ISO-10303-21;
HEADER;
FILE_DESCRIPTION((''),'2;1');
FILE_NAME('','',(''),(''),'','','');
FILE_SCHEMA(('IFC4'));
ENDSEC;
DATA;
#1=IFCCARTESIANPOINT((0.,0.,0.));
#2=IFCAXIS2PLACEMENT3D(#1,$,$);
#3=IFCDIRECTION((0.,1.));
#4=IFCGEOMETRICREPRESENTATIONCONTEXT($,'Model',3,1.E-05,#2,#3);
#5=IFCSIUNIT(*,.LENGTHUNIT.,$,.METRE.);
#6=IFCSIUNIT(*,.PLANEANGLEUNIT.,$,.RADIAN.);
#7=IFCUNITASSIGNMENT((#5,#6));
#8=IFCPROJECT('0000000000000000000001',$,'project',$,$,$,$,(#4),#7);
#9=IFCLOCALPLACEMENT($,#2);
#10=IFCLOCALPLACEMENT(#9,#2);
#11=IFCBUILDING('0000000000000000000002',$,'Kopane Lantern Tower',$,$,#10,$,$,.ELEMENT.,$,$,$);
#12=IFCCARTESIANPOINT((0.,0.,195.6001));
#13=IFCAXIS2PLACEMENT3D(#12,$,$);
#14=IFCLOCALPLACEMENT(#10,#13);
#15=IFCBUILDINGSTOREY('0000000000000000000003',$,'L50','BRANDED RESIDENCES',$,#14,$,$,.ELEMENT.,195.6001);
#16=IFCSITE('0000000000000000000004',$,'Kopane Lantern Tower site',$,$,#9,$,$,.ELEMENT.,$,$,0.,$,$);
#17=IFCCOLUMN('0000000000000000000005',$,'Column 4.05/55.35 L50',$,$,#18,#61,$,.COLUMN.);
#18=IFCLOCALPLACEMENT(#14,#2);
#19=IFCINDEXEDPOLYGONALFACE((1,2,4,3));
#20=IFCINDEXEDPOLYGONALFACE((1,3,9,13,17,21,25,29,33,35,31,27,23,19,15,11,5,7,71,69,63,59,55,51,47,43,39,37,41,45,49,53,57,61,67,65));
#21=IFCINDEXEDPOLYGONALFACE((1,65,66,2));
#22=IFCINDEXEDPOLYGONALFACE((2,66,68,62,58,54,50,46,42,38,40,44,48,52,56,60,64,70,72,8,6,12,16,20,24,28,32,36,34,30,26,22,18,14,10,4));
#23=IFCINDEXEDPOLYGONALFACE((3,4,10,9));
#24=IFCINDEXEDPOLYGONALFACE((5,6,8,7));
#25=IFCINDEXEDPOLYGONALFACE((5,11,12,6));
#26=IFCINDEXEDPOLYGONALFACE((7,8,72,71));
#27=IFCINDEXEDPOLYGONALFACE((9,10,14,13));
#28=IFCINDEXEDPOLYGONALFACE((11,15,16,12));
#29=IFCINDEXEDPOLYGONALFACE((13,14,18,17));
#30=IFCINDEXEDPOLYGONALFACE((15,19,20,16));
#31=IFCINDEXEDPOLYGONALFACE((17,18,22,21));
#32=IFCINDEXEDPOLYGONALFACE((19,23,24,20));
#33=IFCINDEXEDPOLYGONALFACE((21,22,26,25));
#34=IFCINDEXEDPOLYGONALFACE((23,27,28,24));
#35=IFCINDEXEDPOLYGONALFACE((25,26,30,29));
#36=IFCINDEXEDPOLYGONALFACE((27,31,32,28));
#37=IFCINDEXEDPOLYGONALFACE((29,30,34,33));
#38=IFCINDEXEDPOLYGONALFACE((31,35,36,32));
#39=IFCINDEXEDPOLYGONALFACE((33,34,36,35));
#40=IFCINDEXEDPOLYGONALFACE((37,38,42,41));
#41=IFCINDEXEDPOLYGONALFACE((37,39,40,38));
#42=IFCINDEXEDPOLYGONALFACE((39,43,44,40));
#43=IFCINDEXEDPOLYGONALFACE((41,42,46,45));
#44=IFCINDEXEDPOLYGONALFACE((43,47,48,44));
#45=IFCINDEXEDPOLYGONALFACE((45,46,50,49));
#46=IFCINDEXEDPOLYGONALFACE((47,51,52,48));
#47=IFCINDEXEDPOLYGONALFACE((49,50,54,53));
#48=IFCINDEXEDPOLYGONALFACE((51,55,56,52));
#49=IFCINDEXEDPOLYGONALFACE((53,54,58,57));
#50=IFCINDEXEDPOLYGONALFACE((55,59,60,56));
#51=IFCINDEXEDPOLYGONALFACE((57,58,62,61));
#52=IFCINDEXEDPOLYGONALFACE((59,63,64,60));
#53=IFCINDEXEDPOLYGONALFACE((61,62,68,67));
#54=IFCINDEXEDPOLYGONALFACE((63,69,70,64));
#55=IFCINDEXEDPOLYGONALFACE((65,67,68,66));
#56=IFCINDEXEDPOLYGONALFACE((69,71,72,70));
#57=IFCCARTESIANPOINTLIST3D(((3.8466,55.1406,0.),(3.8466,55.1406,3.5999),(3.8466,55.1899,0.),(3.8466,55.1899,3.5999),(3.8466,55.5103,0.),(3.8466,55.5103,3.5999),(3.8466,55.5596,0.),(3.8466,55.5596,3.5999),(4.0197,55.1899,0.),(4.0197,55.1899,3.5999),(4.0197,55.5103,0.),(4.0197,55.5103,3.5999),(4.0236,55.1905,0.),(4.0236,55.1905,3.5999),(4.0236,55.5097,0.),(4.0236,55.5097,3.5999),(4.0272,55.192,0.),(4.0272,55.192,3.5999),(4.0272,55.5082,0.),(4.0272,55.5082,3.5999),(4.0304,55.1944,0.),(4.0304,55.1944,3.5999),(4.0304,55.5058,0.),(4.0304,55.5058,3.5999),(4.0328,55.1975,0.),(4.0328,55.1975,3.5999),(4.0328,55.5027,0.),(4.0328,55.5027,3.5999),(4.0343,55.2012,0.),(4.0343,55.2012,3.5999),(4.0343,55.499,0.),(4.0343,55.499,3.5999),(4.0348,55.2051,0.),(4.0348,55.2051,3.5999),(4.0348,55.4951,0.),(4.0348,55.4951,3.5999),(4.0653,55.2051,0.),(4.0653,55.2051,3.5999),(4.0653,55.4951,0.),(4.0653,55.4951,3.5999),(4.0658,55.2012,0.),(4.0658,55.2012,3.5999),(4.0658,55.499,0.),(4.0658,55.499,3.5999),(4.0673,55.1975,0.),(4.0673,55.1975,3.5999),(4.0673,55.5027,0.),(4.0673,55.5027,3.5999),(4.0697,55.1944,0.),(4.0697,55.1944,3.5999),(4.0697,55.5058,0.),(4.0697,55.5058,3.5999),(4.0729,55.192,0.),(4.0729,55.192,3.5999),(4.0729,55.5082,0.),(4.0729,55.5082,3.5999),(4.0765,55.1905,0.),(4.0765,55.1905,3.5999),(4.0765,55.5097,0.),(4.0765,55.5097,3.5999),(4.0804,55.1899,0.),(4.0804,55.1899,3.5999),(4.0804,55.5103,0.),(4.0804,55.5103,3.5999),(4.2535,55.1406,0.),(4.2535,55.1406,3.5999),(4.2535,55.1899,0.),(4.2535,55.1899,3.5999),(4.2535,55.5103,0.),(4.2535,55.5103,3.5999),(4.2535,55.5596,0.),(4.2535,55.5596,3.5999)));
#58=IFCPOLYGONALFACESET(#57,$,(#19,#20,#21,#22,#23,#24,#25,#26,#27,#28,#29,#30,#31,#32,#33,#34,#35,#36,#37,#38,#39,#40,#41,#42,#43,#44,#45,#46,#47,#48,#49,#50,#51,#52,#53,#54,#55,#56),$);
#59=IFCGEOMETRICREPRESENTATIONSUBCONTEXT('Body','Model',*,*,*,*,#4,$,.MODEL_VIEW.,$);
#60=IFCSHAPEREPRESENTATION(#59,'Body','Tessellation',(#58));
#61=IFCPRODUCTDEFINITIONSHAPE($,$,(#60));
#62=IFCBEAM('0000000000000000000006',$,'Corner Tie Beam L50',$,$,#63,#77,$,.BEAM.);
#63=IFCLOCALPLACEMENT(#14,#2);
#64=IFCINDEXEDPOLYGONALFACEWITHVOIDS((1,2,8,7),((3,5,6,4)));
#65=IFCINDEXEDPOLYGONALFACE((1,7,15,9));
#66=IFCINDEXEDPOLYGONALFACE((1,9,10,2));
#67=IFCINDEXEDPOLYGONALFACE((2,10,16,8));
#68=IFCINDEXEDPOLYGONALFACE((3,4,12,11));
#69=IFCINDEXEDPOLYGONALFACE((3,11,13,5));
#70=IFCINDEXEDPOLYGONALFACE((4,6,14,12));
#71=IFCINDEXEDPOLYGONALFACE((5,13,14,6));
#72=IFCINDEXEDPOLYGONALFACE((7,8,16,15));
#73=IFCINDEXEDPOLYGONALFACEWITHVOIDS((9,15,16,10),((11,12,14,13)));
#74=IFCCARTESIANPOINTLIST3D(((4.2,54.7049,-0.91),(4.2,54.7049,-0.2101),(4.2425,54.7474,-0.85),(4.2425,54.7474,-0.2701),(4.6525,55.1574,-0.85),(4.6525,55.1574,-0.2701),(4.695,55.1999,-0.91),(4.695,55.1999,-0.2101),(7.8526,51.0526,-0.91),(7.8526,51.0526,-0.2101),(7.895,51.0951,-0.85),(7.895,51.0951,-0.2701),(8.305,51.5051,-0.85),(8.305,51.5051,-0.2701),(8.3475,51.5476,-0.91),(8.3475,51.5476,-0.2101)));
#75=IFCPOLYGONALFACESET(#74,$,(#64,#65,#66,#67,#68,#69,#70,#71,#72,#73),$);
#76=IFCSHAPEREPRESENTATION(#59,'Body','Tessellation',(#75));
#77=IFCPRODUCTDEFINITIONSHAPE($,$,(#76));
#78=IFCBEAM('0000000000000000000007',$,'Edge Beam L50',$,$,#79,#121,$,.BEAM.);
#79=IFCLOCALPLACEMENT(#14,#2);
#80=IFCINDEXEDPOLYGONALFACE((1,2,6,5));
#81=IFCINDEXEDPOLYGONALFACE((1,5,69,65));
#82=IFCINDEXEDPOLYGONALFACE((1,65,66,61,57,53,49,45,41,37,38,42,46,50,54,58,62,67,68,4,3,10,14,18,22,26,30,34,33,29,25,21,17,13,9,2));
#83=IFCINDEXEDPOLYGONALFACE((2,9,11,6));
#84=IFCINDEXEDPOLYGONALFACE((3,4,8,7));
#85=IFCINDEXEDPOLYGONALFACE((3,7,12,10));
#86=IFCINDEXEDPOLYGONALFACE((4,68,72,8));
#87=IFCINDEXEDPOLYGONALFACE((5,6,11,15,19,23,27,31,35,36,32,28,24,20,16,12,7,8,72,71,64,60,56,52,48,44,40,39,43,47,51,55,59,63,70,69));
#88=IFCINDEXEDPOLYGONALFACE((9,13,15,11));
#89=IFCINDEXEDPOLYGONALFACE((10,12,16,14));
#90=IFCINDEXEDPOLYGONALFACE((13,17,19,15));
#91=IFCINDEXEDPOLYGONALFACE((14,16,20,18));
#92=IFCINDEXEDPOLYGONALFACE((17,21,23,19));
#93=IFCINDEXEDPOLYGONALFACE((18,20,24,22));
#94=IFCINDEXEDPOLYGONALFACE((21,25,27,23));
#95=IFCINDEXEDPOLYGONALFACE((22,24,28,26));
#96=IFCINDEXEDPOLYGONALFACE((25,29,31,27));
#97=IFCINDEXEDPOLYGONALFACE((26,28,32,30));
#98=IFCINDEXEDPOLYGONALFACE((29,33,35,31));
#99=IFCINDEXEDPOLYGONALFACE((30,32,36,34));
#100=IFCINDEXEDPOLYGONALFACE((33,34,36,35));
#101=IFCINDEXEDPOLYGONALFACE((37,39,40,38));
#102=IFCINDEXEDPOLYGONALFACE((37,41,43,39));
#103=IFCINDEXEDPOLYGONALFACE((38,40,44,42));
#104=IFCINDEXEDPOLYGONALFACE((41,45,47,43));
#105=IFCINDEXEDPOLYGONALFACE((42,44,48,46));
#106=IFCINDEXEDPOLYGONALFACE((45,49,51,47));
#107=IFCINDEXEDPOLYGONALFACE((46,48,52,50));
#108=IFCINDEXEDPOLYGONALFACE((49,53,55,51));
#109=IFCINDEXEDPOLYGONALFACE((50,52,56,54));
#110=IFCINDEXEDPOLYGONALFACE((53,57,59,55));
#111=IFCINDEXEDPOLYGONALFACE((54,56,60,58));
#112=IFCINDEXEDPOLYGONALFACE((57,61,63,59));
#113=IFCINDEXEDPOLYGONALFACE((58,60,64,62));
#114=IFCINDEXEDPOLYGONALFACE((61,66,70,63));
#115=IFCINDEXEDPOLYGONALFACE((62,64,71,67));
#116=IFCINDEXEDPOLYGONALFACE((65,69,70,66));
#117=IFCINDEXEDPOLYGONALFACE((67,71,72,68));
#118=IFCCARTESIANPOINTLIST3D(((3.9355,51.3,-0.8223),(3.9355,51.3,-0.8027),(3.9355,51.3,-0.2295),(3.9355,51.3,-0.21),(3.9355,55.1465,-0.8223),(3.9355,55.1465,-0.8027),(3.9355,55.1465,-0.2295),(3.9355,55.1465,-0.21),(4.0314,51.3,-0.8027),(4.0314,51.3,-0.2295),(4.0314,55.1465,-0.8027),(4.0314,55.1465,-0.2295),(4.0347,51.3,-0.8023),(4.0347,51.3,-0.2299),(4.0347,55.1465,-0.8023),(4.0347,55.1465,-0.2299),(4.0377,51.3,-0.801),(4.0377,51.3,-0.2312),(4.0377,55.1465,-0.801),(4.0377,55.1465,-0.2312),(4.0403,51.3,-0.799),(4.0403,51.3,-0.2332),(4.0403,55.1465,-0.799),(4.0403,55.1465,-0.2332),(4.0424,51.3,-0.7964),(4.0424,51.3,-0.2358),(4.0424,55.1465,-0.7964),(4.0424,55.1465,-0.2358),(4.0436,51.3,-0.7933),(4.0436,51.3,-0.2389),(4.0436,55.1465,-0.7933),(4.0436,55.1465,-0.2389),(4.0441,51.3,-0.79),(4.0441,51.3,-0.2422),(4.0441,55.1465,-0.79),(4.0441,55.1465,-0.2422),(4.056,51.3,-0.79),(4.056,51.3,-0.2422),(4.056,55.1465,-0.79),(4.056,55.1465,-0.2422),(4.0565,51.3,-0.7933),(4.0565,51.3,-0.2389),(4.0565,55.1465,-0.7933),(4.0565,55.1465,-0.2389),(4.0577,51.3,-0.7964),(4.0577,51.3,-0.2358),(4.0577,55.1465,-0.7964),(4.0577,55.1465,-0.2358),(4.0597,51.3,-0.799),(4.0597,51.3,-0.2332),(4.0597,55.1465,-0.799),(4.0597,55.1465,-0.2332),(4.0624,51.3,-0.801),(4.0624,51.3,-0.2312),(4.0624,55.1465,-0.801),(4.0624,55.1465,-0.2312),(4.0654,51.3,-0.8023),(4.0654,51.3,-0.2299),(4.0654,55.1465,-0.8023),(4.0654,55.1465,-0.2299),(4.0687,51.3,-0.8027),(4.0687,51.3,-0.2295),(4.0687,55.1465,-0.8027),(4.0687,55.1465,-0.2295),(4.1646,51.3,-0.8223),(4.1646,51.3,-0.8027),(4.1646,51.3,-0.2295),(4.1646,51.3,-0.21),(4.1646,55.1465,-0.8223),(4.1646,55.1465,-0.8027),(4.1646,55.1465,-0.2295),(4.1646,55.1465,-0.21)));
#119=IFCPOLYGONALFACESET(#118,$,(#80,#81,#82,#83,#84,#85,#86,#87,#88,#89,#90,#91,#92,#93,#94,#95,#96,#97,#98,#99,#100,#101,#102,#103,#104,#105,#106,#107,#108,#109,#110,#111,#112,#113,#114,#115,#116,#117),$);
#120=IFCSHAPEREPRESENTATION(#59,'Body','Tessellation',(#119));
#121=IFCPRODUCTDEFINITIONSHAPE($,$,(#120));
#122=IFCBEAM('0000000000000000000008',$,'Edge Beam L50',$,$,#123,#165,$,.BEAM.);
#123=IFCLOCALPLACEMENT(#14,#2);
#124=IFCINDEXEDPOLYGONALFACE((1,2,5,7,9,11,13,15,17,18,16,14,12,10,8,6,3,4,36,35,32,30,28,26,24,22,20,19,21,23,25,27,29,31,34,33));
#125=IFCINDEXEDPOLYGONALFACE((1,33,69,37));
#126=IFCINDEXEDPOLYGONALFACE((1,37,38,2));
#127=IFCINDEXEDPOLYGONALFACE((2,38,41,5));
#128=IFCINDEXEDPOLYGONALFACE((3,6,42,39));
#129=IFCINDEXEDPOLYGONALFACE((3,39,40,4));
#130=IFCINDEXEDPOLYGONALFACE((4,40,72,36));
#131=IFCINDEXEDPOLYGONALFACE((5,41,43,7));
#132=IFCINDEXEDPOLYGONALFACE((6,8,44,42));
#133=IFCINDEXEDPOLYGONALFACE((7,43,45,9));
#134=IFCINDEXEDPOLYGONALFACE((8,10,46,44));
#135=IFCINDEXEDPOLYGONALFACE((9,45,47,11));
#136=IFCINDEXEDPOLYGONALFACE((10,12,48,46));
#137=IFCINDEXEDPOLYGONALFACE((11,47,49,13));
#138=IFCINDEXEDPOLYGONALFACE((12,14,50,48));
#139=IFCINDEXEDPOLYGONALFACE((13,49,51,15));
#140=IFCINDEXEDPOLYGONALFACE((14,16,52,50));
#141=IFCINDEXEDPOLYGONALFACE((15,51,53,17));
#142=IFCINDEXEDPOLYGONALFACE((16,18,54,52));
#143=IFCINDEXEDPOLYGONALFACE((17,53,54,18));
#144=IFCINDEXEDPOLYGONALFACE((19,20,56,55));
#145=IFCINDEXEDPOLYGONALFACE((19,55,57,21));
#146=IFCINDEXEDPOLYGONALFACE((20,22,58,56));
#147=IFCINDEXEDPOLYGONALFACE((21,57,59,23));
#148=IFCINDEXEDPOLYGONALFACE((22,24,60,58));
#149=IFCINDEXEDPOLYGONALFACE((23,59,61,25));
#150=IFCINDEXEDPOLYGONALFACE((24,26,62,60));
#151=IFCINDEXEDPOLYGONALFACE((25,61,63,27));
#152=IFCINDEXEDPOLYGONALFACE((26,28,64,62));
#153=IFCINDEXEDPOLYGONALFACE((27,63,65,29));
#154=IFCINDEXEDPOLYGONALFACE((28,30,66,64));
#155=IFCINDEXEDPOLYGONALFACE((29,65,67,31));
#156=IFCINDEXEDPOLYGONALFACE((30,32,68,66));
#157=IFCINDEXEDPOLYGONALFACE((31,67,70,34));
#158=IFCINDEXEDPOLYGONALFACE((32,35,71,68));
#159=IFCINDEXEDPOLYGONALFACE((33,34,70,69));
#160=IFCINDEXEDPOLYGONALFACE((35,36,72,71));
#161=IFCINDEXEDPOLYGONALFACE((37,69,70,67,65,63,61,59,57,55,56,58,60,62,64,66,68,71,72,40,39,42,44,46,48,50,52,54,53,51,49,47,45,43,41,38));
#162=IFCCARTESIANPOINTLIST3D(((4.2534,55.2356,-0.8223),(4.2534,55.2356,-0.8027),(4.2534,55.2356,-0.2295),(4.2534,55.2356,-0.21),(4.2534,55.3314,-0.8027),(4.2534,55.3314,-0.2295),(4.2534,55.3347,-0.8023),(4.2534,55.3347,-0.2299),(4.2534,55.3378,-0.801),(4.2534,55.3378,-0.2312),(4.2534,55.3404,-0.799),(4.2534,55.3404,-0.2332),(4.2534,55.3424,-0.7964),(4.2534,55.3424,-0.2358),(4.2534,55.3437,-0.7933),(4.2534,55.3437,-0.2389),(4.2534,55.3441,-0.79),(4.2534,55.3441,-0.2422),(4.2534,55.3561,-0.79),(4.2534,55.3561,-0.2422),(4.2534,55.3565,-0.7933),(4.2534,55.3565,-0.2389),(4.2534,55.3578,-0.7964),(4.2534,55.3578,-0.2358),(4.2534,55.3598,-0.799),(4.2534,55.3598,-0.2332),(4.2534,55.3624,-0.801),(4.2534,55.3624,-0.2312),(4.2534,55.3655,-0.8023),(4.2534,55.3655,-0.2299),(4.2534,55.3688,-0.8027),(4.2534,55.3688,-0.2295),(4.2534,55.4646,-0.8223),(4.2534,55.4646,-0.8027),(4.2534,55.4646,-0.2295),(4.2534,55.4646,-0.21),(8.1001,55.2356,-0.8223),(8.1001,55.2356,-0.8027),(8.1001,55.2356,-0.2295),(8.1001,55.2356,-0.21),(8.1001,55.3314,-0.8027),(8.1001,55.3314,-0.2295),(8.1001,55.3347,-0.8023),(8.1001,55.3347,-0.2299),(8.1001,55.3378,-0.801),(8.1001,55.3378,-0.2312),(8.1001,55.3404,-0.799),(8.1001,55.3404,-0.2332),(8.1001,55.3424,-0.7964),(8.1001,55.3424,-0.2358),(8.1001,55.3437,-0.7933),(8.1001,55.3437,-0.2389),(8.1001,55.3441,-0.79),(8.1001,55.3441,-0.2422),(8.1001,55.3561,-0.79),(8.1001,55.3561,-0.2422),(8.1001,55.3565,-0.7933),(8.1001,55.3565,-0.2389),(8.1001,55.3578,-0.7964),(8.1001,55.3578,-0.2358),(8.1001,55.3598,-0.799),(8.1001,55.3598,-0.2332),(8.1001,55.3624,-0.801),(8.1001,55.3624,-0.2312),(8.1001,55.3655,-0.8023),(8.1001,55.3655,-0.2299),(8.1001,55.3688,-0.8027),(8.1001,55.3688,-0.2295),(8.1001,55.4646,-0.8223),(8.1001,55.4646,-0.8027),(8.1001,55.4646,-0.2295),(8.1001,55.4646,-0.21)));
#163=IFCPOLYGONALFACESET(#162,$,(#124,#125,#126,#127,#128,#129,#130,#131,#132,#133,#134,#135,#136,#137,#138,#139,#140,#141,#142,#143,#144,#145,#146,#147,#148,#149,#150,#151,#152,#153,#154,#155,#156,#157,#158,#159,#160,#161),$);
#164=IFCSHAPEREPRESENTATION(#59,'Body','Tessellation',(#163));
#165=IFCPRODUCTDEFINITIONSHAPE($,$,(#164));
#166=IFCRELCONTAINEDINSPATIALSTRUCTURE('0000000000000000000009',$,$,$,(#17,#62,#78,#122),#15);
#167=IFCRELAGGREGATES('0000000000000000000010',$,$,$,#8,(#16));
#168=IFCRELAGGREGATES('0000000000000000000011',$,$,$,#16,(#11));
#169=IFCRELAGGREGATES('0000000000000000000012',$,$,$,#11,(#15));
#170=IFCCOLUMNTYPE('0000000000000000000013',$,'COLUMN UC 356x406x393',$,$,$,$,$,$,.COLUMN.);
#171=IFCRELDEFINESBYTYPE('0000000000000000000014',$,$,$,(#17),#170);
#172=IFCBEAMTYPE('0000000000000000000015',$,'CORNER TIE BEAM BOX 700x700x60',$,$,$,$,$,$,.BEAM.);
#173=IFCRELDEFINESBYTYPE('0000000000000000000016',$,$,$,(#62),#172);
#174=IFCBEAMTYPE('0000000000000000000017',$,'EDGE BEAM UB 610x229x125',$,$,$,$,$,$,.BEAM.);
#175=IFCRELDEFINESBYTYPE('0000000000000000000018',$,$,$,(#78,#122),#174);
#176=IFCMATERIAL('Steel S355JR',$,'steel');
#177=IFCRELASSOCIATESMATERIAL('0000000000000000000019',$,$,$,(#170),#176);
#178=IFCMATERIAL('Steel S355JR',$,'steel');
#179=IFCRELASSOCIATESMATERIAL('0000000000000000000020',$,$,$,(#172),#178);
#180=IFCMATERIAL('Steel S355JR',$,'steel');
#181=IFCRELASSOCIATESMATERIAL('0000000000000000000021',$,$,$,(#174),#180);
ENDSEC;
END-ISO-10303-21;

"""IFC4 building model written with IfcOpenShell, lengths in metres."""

from ifc_helpers import new_model, si_unit, direction, frame, origin, origin_2d, place, context, subcontext, project, spatial, hollow_rectangle, i_section, extrude, material, material_profile, profile_set, type_object, element, save


model = new_model("IFC4")

# Units and contexts
model_context = context("Model", 3, precision=1e-05, world=origin(), true_north=direction((0.0, 1.0)))
body_context = subcontext(model_context, "Body", "Model", "MODEL_VIEW")
ifc_project = project(units=[si_unit("LENGTHUNIT", "METRE"), si_unit("PLANEANGLEUNIT", "RADIAN")], contexts=[model_context])

# Site, building, storey
site_placement = place(None, origin())
site = spatial("IfcSite", under=ifc_project, at=site_placement, Name="Kopane Lantern Tower site", CompositionType="ELEMENT", RefElevation=0.0)
building_placement = place(site_placement, origin())
building = spatial("IfcBuilding", under=site, at=building_placement, Name="Kopane Lantern Tower", CompositionType="ELEMENT")
storey_placement = place(building_placement, frame((0.0, 0.0, 195.6001)))
storey = spatial("IfcBuildingStorey", under=building, at=storey_placement, Name="L50", Description="BRANDED RESIDENCES", CompositionType="ELEMENT", Elevation=195.6001)

# Column
ifc_material_1 = material(Name="Steel S355JR", Category="steel")
ifc_material_profile_1 = material_profile(ifc_material_1, i_section(OverallWidth=0.407, OverallDepth=0.4189, WebThickness=0.0305, FlangeThickness=0.0493, FilletRadius=0.0151, at=origin_2d()), Name="UC 356x406x393")
ifc_profile_set_1 = profile_set([ifc_material_profile_1], Name="Steel S355JR")
column_type = type_object("IfcColumnType", Name="COLUMN UC 356x406x393", PredefinedType="COLUMN", material=ifc_profile_set_1)
column_placement = place(storey_placement, frame((4.05, 55.3501, 0.0), z_axis=(0.0, 0.0, 1.0), x_axis=(1.0, 0.0, 0.0)))
element("IfcColumn", 1, at=column_placement, inside=storey, type_object=column_type, Name="Column 4.05/55.35 L50", PredefinedType="COLUMN", context=body_context, shape_type="SweptSolid", body=[
    extrude(i_section(OverallWidth=0.407, OverallDepth=0.4189, WebThickness=0.0305, FlangeThickness=0.0493, FilletRadius=0.0151, at=origin_2d()), origin(), (0.0, 0.0, 1.0), 3.5999),
])

# Beams
ifc_material_2 = material(Name="Steel S355JR", Category="steel")
ifc_material_profile_2 = material_profile(ifc_material_2, hollow_rectangle(XDim=0.7, YDim=0.7, WallThickness=0.0601, at=origin_2d()), Name="BOX 700x700x60")
ifc_profile_set_2 = profile_set([ifc_material_profile_2], Name="Steel S355JR")
beam_type_1 = type_object("IfcBeamType", Name="CORNER TIE BEAM BOX 700x700x60", PredefinedType="BEAM", material=ifc_profile_set_2)
beam_1_placement = place(storey_placement, frame((4.4475, 54.9524, -0.5601), z_axis=(0.70713, -0.707083, 0.0), x_axis=(0.707083, 0.70713, 0.0)))
element("IfcBeam", 2, at=beam_1_placement, inside=storey, type_object=beam_type_1, Name="Corner Tie Beam L50", PredefinedType="BEAM", context=body_context, shape_type="SweptSolid", body=[
    extrude(hollow_rectangle(XDim=0.7, YDim=0.7, WallThickness=0.0601, at=origin_2d()), origin(), (0.0, 0.0, 1.0), 5.1653),
])
ifc_material_3 = material(Name="Steel S355JR", Category="steel")
ifc_material_profile_3 = material_profile(ifc_material_3, i_section(OverallWidth=0.229, OverallDepth=0.6123, WebThickness=0.012, FlangeThickness=0.0195, FilletRadius=0.0127, at=origin_2d()), Name="UB 610x229x125")
ifc_profile_set_3 = profile_set([ifc_material_profile_3], Name="Steel S355JR")
beam_type_2 = type_object("IfcBeamType", Name="EDGE BEAM UB 610x229x125", PredefinedType="BEAM", material=ifc_profile_set_3)
beam_2_placement = place(storey_placement, frame((4.05, 55.1465, -0.5161), z_axis=(0.0, -1.0, 0.0), x_axis=(1.0, 0.0, 0.0)))
element("IfcBeam", 3, at=beam_2_placement, inside=storey, type_object=beam_type_2, Name="Edge Beam L50", PredefinedType="BEAM", context=body_context, shape_type="SweptSolid", body=[
    extrude(i_section(OverallWidth=0.229, OverallDepth=0.6123, WebThickness=0.012, FlangeThickness=0.0195, FilletRadius=0.0127, at=origin_2d()), origin(), (0.0, 0.0, 1.0), 3.8464),
])
beam_3_placement = place(storey_placement, frame((4.2534, 55.3501, -0.5161), z_axis=(1.0, 0.0, 0.0), x_axis=(0.0, 1.0, 0.0)))
element("IfcBeam", 4, at=beam_3_placement, inside=storey, type_object=beam_type_2, Name="Edge Beam L50", PredefinedType="BEAM", context=body_context, shape_type="SweptSolid", body=[
    extrude(i_section(OverallWidth=0.229, OverallDepth=0.6123, WebThickness=0.012, FlangeThickness=0.0195, FilletRadius=0.0127, at=origin_2d()), origin(), (0.0, 0.0, 1.0), 3.8467),
])

save(model, "model.ifc")
